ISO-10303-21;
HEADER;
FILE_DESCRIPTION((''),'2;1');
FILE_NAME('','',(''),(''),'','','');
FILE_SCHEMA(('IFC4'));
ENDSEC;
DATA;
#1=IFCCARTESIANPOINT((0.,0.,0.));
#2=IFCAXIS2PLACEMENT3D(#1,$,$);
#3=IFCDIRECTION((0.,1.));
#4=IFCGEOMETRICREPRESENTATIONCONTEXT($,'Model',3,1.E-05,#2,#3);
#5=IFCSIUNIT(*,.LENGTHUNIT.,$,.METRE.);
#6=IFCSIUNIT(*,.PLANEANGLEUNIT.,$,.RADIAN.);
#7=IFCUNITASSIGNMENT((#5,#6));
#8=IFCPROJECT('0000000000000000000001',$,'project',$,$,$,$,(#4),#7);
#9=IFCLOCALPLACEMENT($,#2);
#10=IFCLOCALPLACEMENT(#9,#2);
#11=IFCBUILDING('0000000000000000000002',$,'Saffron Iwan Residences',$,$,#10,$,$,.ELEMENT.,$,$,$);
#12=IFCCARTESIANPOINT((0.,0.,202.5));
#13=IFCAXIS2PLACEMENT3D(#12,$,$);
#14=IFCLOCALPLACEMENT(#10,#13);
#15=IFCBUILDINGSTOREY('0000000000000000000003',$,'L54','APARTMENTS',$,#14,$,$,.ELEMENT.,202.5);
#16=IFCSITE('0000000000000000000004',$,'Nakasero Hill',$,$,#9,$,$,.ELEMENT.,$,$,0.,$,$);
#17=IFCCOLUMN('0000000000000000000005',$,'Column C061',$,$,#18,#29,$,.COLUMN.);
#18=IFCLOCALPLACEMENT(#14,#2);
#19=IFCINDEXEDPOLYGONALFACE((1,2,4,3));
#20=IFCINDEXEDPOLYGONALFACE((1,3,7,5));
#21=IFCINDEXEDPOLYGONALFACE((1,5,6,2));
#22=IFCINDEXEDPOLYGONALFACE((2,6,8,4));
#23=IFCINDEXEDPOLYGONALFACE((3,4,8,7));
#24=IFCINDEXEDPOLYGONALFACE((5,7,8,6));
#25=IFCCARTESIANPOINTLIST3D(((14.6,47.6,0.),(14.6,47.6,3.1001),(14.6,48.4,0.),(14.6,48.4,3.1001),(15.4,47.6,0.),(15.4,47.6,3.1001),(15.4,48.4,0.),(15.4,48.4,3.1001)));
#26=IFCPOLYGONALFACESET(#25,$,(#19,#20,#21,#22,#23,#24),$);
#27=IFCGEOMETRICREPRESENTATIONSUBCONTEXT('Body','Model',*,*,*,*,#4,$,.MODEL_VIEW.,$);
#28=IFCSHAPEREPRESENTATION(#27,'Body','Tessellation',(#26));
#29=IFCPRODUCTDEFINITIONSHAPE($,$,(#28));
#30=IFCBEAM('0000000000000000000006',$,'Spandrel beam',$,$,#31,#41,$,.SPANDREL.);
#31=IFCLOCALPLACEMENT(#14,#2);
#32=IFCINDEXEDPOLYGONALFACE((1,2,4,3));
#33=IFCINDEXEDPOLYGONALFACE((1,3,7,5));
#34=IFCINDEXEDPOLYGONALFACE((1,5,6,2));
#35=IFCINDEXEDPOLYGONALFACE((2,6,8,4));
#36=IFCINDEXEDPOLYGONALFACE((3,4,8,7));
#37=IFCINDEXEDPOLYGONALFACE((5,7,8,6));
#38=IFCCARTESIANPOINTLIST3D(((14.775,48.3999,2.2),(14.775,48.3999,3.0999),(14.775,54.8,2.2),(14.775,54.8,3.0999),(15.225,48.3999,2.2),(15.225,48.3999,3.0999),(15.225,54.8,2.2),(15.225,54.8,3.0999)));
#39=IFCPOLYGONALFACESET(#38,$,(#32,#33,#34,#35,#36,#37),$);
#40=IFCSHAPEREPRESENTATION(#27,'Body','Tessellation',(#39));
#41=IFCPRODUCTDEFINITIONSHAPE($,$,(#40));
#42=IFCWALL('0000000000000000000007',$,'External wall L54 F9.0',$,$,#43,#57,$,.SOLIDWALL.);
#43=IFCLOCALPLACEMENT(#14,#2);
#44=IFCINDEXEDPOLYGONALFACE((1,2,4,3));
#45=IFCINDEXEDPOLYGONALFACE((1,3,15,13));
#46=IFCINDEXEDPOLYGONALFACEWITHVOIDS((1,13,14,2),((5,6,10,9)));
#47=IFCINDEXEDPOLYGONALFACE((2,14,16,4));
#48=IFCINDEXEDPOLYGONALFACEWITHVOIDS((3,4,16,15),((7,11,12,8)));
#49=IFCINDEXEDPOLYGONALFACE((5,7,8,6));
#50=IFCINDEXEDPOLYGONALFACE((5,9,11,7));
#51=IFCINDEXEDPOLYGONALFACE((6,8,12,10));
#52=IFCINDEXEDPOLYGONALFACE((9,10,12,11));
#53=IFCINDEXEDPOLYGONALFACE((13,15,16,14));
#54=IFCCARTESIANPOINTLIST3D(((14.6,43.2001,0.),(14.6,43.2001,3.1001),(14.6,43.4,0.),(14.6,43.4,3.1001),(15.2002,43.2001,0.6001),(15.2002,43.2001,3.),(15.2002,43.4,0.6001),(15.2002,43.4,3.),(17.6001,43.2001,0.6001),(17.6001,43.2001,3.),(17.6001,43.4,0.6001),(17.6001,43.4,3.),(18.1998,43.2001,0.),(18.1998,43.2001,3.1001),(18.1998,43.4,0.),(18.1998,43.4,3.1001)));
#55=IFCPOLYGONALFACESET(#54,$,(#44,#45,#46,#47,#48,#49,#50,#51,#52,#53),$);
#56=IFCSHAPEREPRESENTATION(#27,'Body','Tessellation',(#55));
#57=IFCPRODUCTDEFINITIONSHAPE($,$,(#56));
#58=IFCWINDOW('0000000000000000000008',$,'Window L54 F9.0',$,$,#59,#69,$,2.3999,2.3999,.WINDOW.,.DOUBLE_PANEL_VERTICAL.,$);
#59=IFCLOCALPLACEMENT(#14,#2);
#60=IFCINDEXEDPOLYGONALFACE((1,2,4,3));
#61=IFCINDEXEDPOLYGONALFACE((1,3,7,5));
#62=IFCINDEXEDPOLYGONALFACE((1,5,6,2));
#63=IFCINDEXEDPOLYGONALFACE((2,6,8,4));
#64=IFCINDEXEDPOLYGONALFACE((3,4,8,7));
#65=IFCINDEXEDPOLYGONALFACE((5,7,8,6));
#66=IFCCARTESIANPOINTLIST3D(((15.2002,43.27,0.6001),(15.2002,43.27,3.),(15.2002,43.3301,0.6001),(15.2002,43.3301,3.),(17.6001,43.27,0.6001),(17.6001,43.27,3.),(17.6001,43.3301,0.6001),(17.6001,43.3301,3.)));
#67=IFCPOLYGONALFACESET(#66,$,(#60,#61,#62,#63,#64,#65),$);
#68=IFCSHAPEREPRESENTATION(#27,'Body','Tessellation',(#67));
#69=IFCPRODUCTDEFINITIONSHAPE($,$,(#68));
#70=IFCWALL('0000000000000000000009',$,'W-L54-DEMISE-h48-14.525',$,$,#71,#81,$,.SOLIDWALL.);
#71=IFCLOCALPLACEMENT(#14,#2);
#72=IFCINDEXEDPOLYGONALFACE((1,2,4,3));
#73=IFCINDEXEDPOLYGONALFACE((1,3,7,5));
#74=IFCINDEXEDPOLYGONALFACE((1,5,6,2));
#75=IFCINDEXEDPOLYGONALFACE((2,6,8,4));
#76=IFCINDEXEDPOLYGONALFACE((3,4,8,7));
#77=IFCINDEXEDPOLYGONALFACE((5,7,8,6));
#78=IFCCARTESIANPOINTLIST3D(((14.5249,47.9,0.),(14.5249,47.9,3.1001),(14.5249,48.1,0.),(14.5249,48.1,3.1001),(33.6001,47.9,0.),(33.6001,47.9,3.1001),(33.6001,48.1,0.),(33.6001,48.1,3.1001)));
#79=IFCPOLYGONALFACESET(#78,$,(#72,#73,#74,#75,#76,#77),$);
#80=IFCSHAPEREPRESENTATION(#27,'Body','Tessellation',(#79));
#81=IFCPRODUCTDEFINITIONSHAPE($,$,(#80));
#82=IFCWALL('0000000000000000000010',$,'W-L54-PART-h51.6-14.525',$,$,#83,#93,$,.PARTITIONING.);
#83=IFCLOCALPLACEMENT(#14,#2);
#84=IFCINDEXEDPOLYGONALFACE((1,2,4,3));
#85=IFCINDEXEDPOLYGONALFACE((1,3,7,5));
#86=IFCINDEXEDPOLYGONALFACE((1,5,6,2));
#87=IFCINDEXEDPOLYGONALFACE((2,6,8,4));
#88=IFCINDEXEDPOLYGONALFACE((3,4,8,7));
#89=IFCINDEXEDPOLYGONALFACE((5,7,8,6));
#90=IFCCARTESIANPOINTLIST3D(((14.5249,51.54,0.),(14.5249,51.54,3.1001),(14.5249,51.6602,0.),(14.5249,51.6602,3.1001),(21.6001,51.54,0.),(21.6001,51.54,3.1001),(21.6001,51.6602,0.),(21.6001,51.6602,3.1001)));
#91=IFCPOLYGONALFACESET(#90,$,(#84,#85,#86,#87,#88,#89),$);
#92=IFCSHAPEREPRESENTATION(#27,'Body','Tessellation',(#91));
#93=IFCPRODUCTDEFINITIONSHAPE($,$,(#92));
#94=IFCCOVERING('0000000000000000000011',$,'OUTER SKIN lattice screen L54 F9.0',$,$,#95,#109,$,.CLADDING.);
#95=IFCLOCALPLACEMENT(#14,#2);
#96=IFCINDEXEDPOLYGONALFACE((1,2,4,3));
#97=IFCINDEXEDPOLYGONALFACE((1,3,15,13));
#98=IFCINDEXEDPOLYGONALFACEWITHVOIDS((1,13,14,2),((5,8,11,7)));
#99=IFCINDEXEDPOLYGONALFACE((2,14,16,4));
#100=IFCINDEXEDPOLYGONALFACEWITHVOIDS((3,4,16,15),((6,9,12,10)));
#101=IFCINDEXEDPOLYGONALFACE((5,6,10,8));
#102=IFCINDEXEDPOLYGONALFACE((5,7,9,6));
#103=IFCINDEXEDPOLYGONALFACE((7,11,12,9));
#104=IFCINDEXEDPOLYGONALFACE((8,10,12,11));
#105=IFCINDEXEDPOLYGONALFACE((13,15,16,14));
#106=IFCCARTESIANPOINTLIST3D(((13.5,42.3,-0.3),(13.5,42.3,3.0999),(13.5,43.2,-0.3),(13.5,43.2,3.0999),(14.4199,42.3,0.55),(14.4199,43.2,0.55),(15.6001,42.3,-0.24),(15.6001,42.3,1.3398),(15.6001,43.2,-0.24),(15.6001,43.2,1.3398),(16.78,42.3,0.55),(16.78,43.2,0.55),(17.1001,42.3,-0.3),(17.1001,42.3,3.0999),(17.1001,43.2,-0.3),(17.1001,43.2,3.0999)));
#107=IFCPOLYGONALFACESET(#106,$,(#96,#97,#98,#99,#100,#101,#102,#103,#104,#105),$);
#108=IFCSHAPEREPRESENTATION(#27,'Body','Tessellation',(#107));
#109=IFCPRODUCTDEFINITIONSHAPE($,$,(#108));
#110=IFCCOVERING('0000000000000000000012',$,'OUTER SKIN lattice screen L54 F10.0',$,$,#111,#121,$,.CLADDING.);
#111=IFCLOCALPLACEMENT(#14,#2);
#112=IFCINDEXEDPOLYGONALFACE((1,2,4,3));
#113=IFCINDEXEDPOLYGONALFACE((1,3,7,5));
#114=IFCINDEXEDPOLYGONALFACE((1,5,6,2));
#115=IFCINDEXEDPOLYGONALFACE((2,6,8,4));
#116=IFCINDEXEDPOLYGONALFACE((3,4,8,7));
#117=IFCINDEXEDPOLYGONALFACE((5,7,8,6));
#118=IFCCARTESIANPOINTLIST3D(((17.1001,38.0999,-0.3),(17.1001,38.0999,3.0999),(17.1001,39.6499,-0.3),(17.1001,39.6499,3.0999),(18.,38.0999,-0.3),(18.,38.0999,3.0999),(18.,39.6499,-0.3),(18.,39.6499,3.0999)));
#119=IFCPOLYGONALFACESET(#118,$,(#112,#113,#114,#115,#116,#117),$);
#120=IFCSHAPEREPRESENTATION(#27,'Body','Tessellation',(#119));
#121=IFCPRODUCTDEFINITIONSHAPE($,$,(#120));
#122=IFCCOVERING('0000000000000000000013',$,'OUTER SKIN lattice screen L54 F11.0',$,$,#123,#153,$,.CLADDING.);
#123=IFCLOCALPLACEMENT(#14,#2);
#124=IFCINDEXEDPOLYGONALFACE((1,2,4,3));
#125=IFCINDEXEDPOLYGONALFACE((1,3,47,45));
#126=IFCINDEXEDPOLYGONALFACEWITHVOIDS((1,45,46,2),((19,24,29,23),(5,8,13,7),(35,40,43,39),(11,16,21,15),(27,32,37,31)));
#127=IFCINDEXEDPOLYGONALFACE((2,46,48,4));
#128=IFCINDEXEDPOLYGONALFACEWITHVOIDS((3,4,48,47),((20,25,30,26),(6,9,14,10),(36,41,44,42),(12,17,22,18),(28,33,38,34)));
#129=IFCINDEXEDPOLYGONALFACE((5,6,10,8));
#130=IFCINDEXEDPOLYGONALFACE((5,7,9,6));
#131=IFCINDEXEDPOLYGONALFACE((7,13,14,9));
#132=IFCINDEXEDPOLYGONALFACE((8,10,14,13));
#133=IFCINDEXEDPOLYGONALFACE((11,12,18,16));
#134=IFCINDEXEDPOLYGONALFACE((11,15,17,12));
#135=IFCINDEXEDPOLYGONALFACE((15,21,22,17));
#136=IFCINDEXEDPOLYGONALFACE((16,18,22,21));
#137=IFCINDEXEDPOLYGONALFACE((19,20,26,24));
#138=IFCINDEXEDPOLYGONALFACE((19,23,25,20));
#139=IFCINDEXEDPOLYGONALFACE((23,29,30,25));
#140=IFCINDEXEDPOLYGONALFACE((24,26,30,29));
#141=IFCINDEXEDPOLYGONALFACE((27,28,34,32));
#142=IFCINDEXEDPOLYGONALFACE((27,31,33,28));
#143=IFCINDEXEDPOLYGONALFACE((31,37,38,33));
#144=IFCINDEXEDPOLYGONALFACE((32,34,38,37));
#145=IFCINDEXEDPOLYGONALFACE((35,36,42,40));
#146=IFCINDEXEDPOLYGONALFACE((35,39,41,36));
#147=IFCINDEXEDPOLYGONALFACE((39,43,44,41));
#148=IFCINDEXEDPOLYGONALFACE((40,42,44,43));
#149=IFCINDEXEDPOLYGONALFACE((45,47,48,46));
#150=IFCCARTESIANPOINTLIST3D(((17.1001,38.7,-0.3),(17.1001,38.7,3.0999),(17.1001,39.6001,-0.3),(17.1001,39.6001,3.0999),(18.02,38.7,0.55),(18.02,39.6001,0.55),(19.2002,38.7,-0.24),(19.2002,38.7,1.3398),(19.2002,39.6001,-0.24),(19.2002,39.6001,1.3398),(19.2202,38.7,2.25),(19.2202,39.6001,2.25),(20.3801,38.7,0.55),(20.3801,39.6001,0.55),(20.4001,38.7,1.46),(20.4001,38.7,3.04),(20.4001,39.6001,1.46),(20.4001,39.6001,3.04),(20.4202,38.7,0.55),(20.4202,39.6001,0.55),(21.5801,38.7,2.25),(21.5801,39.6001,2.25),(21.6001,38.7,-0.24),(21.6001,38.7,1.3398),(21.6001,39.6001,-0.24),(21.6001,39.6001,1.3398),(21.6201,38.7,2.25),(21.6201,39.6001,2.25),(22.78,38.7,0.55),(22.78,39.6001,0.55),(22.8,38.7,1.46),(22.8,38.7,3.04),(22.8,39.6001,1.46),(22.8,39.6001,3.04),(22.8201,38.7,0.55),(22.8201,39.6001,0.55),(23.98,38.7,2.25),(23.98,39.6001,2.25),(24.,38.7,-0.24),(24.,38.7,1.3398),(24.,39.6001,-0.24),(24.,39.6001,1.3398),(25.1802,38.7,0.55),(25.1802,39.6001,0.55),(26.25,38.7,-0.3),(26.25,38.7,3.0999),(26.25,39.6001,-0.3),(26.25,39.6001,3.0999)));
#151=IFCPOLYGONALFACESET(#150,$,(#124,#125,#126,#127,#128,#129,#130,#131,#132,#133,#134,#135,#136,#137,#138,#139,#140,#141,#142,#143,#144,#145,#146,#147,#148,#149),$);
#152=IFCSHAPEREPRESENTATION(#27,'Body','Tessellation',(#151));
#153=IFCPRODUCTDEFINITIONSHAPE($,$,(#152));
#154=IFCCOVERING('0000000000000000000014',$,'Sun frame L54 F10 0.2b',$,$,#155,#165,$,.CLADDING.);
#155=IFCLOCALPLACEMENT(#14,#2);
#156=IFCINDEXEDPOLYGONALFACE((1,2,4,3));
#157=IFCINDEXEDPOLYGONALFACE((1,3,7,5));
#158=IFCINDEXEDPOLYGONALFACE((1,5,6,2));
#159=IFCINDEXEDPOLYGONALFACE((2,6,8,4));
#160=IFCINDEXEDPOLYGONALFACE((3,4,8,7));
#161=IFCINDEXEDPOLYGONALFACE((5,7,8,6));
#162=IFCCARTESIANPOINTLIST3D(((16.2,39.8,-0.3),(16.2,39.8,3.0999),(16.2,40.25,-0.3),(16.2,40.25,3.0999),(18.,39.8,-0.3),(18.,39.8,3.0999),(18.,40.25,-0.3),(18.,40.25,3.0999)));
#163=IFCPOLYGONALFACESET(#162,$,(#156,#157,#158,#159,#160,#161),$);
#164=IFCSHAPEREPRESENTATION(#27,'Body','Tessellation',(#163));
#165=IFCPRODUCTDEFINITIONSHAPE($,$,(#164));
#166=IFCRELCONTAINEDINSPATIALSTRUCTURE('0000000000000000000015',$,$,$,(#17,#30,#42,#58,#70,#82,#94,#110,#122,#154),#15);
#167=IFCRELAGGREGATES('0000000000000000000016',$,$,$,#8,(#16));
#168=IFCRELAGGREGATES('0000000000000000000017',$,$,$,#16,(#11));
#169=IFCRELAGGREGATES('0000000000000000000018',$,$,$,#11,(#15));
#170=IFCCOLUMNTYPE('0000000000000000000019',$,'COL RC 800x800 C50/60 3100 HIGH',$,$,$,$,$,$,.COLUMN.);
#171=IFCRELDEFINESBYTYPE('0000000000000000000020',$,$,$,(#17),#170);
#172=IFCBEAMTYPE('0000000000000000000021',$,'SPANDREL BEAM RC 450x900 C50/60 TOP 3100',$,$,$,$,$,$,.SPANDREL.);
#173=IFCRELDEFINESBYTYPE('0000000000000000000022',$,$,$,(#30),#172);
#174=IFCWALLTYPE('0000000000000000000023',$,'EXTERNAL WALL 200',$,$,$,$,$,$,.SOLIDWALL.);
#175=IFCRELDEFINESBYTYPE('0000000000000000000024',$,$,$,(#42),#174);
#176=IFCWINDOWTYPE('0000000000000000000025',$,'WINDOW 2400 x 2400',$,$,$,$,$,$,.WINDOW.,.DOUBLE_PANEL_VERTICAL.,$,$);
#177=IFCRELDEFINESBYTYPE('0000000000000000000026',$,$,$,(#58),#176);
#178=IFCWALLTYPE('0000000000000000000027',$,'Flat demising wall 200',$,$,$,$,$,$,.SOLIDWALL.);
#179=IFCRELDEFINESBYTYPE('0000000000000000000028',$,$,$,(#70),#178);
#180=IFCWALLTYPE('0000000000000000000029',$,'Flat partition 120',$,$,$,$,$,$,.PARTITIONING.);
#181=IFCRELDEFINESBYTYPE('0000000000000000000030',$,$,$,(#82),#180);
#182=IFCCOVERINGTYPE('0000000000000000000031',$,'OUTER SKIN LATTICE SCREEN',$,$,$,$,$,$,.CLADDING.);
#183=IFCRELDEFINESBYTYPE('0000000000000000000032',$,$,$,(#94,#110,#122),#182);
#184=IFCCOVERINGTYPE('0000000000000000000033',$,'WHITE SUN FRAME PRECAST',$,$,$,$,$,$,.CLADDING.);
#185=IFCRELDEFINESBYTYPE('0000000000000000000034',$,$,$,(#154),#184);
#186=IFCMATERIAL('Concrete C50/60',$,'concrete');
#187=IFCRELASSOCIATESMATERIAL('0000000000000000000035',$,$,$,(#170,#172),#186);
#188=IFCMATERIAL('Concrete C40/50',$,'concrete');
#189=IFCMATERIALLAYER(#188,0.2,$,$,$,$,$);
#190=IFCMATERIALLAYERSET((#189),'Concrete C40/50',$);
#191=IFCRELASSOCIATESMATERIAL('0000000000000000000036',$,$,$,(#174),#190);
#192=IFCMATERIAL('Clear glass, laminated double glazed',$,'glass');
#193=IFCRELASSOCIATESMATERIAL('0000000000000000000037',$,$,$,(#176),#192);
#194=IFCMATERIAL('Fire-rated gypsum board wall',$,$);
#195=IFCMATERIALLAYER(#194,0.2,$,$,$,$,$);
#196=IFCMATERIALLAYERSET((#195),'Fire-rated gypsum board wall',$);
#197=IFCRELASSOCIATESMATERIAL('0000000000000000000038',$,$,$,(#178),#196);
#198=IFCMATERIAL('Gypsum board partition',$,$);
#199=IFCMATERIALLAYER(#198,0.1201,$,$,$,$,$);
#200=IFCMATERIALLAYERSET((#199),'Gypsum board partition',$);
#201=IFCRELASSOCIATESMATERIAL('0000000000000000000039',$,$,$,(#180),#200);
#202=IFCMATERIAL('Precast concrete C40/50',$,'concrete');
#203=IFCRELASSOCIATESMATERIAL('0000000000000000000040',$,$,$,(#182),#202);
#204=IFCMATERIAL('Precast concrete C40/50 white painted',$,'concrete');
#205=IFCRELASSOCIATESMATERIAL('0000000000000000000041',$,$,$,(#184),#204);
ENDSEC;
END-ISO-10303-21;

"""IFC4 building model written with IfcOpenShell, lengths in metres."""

from ifc_helpers import new_model, si_unit, direction, frame, frame_2d, origin, origin_2d, place, context, subcontext, project, spatial, polyline, rectangle, outline, extrude, source, transform, mapped, material, layer, layer_set, material_profile, profile_set, type_object, element, fill, save


model = new_model("IFC4")

# Units and contexts
model_context = context("Model", 3, precision=1e-05, world=origin(), true_north=direction((0.0, 1.0)))
body_context = subcontext(model_context, "Body", "Model", "MODEL_VIEW")
ifc_project = project(units=[si_unit("LENGTHUNIT", "METRE"), si_unit("PLANEANGLEUNIT", "RADIAN")], contexts=[model_context])

# Site, building, storey
site_placement = place(None, origin())
site = spatial("IfcSite", under=ifc_project, at=site_placement, Name="Nakasero Hill", CompositionType="ELEMENT", RefElevation=0.0)
building_placement = place(site_placement, origin())
building = spatial("IfcBuilding", under=site, at=building_placement, Name="Saffron Iwan Residences", CompositionType="ELEMENT")
storey_placement = place(building_placement, frame((0.0, 0.0, 202.5)))
storey = spatial("IfcBuildingStorey", under=building, at=storey_placement, Name="L54", Description="APARTMENTS", CompositionType="ELEMENT", Elevation=202.5)

# Column
ifc_material_1 = material(Name="Concrete C50/60", Category="concrete")
ifc_material_profile_1 = material_profile(ifc_material_1, rectangle(XDim=0.8, YDim=0.8, at=origin_2d()), Name="RC 800x800")
ifc_profile_set_1 = profile_set([ifc_material_profile_1], Name="Concrete C50/60")
column_type = type_object("IfcColumnType", Name="COL RC 800x800 C50/60 3100 HIGH", PredefinedType="COLUMN", material=ifc_profile_set_1)
shared_shape_1 = source(origin(), body_context, "Body", "SweptSolid", [
    extrude(rectangle(XDim=0.8, YDim=0.8, at=origin_2d()), origin(), (0.0, 0.0, 1.0), 3.1001),
])
column_placement = place(storey_placement, frame((15.0, 48.0, 0.0), z_axis=(0.0, 0.0, 1.0), x_axis=(1.0, 0.0, 0.0)))
element("IfcColumn", 1, at=column_placement, inside=storey, type_object=column_type, Name="Column C061", PredefinedType="COLUMN", context=body_context, shape_type="MappedRepresentation", body=[
    mapped(shared_shape_1, transform((0.0, 0.0, 0.0))),
])

# Beam
ifc_material_profile_2 = material_profile(ifc_material_1, rectangle(XDim=0.45, YDim=0.8999, at=origin_2d()), Name="RC 450x900")
ifc_profile_set_2 = profile_set([ifc_material_profile_2], Name="Concrete C50/60")
beam_type = type_object("IfcBeamType", Name="SPANDREL BEAM RC 450x900 C50/60 TOP 3100", PredefinedType="SPANDREL", material=ifc_profile_set_2)
shared_shape_2 = source(origin(), body_context, "Body", "SweptSolid", [
    extrude(rectangle(XDim=0.45, YDim=0.8999, at=origin_2d()), origin(), (0.0, 0.0, 1.0), 6.4001),
])
beam_placement = place(storey_placement, frame((15.0, 48.3999, 2.6499), z_axis=(0.0, 1.0, 0.0), x_axis=(-1.0, 0.0, 0.0)))
element("IfcBeam", 2, at=beam_placement, inside=storey, type_object=beam_type, Name="Spandrel beam", PredefinedType="SPANDREL", context=body_context, shape_type="MappedRepresentation", body=[
    mapped(shared_shape_2, transform((0.0, 0.0, 0.0))),
])

# Wall, opening, window
ifc_material_2 = material(Name="Concrete C40/50", Category="concrete")
ifc_layer_1 = layer(ifc_material_2, 0.2)
ifc_layer_set_1 = layer_set([ifc_layer_1], Name="Concrete C40/50")
wall_type_1 = type_object("IfcWallType", Name="EXTERNAL WALL 200", PredefinedType="SOLIDWALL", material=ifc_layer_set_1)
wall_1_placement = place(storey_placement, frame((14.6001, 43.3, 0.0), z_axis=(0.0, 0.0, 1.0), x_axis=(1.0, 0.0, 0.0)))
wall_1 = element("IfcWall", 3, at=wall_1_placement, inside=storey, type_object=wall_type_1, Name="External wall L54 F9.0", PredefinedType="SOLIDWALL", context=body_context, shape_type="SweptSolid", body=[
    extrude(rectangle(XDim=3.5999, YDim=0.2, at=frame_2d((1.7998, 0.0))), origin(), (0.0, 0.0, 1.0), 3.1001),
])
opening_placement = place(wall_1_placement, frame((0.6001, 0.0, 0.6001)))
opening = element("IfcOpeningElement", 4, at=opening_placement, cuts=wall_1, PredefinedType="OPENING", context=body_context, shape_type="SweptSolid", body=[
    extrude(rectangle(XDim=2.3999, YDim=2.3999, at=frame_2d((1.2, 1.2))), frame((0.0, 0.1099, 0.0), z_axis=(0.0, -1.0, 0.0), x_axis=(1.0, 0.0, 0.0)), (0.0, 0.0, 1.0), 0.22),
])
ifc_material_3 = material(Name="Clear glass, laminated double glazed", Category="glass")
window_type = type_object("IfcWindowType", Name="WINDOW 2400 x 2400", PartitioningType="DOUBLE_PANEL_VERTICAL", PredefinedType="WINDOW", material=ifc_material_3)
window_placement = place(opening_placement, origin())
window = element("IfcWindow", 5, at=window_placement, inside=storey, type_object=window_type, Name="Window L54 F9.0", OverallHeight=2.3999, OverallWidth=2.3999, PartitioningType="DOUBLE_PANEL_VERTICAL", PredefinedType="WINDOW", context=body_context, shape_type="SweptSolid", body=[
    extrude(rectangle(XDim=2.3999, YDim=2.3999, at=frame_2d((1.2, 1.2))), frame((0.0, 0.03, 0.0), z_axis=(0.0, -1.0, 0.0), x_axis=(1.0, 0.0, 0.0)), (0.0, 0.0, 1.0), 0.0601),
])
fill(opening, window)

# Walls
ifc_material_4 = material(Name="Fire-rated gypsum board wall")
ifc_layer_2 = layer(ifc_material_4, 0.2)
ifc_layer_set_2 = layer_set([ifc_layer_2], Name="Fire-rated gypsum board wall")
wall_type_2 = type_object("IfcWallType", Name="Flat demising wall 200", PredefinedType="SOLIDWALL", material=ifc_layer_set_2)
wall_2_placement = place(storey_placement, frame((14.5249, 48.0, 0.0), z_axis=(0.0, 0.0, 1.0), x_axis=(1.0, 0.0, 0.0)))
element("IfcWall", 6, at=wall_2_placement, inside=storey, type_object=wall_type_2, Name="W-L54-DEMISE-h48-14.525", PredefinedType="SOLIDWALL", context=body_context, shape_type="SweptSolid", body=[
    extrude(rectangle(XDim=19.0752, YDim=0.2, at=frame_2d((9.5376, 0.0))), origin(), (0.0, 0.0, 1.0), 3.1001),
])
ifc_material_5 = material(Name="Gypsum board partition")
ifc_layer_3 = layer(ifc_material_5, 0.1201)
ifc_layer_set_3 = layer_set([ifc_layer_3], Name="Gypsum board partition")
wall_type_3 = type_object("IfcWallType", Name="Flat partition 120", PredefinedType="PARTITIONING", material=ifc_layer_set_3)
wall_3_placement = place(storey_placement, frame((14.5249, 51.6001, 0.0), z_axis=(0.0, 0.0, 1.0), x_axis=(1.0, 0.0, 0.0)))
element("IfcWall", 7, at=wall_3_placement, inside=storey, type_object=wall_type_3, Name="W-L54-PART-h51.6-14.525", PredefinedType="PARTITIONING", context=body_context, shape_type="SweptSolid", body=[
    extrude(rectangle(XDim=7.0752, YDim=0.1201, at=frame_2d((3.5376, 0.0))), origin(), (0.0, 0.0, 1.0), 3.1001),
])

# Coverings
ifc_material_6 = material(Name="Precast concrete C40/50", Category="concrete")
covering_type_1 = type_object("IfcCoveringType", Name="OUTER SKIN LATTICE SCREEN", PredefinedType="CLADDING", material=ifc_material_6)
covering_1_placement = place(storey_placement, frame((13.5, 43.2, -0.3), z_axis=(0.0, -1.0, 0.0), x_axis=(1.0, 0.0, 0.0)))
element("IfcCovering", 8, at=covering_1_placement, inside=storey, type_object=covering_type_1, Name="OUTER SKIN lattice screen L54 F9.0", PredefinedType="CLADDING", context=body_context, shape_type="SweptSolid", body=[
    extrude(outline(polyline([(0.0, 0.0), (3.6001, 0.0), (3.6001, 3.3999), (0.0, 3.3999), (0.0, 0.0)]), holes=[polyline([(0.9199, 0.8501), (2.1001, 0.0601), (3.28, 0.8501), (2.1001, 1.6399), (0.9199, 0.8501)])]), origin(), (0.0, 0.0, 1.0), 0.8999),
])
covering_2_placement = place(storey_placement, frame((18.0, 39.6499, -0.3), z_axis=(-1.0, 0.0, 0.0), x_axis=(0.0, -1.0, 0.0)))
element("IfcCovering", 9, at=covering_2_placement, inside=storey, type_object=covering_type_1, Name="OUTER SKIN lattice screen L54 F10.0", PredefinedType="CLADDING", context=body_context, shape_type="SweptSolid", body=[
    extrude(outline(polyline([(0.0, 0.0), (1.55, 0.0), (1.55, 3.3999), (0.0, 3.3999), (0.0, 0.0)])), origin(), (0.0, 0.0, 1.0), 0.8999),
])
covering_3_placement = place(storey_placement, frame((17.1001, 39.6001, -0.3), z_axis=(0.0, -1.0, 0.0), x_axis=(1.0, 0.0, 0.0)))
element("IfcCovering", 10, at=covering_3_placement, inside=storey, type_object=covering_type_1, Name="OUTER SKIN lattice screen L54 F11.0", PredefinedType="CLADDING", context=body_context, shape_type="SweptSolid", body=[
    extrude(outline(polyline([(0.0, 0.0), (9.1499, 0.0), (9.1499, 3.3999), (0.0, 3.3999), (0.0, 0.0)]), holes=[polyline([(0.9199, 0.8501), (2.1001, 0.0601), (3.28, 0.8501), (2.1001, 1.6399), (0.9199, 0.8501)]), polyline([(3.3201, 0.8501), (4.5, 0.0601), (5.6799, 0.8501), (4.5, 1.6399), (3.3201, 0.8501)]), polyline([(5.72, 0.8501), (6.8999, 0.0601), (8.0801, 0.8501), (6.8999, 1.6399), (5.72, 0.8501)]), polyline([(2.1201, 2.55), (3.3, 1.76), (4.48, 2.55), (3.3, 3.3401), (2.1201, 2.55)]), polyline([(4.52, 2.55), (5.7, 1.76), (6.8799, 2.55), (5.7, 3.3401), (4.52, 2.55)])]), origin(), (0.0, 0.0, 1.0), 0.9001),
])
ifc_material_7 = material(Name="Precast concrete C40/50 white painted", Category="concrete")
covering_type_2 = type_object("IfcCoveringType", Name="WHITE SUN FRAME PRECAST", PredefinedType="CLADDING", material=ifc_material_7)
covering_4_placement = place(storey_placement, frame((18.0, 40.25, -0.3), z_axis=(-1.0, 0.0, 0.0), x_axis=(0.0, -1.0, 0.0)))
element("IfcCovering", 11, at=covering_4_placement, inside=storey, type_object=covering_type_2, Name="Sun frame L54 F10 0.2b", PredefinedType="CLADDING", context=body_context, shape_type="SweptSolid", body=[
    extrude(outline(polyline([(0.0, 0.0), (0.45, 0.0), (0.45, 3.3999), (0.0, 3.3999), (0.0, 0.0)])), origin(), (0.0, 0.0, 1.0), 1.8),
])

save(model, "model.ifc")
